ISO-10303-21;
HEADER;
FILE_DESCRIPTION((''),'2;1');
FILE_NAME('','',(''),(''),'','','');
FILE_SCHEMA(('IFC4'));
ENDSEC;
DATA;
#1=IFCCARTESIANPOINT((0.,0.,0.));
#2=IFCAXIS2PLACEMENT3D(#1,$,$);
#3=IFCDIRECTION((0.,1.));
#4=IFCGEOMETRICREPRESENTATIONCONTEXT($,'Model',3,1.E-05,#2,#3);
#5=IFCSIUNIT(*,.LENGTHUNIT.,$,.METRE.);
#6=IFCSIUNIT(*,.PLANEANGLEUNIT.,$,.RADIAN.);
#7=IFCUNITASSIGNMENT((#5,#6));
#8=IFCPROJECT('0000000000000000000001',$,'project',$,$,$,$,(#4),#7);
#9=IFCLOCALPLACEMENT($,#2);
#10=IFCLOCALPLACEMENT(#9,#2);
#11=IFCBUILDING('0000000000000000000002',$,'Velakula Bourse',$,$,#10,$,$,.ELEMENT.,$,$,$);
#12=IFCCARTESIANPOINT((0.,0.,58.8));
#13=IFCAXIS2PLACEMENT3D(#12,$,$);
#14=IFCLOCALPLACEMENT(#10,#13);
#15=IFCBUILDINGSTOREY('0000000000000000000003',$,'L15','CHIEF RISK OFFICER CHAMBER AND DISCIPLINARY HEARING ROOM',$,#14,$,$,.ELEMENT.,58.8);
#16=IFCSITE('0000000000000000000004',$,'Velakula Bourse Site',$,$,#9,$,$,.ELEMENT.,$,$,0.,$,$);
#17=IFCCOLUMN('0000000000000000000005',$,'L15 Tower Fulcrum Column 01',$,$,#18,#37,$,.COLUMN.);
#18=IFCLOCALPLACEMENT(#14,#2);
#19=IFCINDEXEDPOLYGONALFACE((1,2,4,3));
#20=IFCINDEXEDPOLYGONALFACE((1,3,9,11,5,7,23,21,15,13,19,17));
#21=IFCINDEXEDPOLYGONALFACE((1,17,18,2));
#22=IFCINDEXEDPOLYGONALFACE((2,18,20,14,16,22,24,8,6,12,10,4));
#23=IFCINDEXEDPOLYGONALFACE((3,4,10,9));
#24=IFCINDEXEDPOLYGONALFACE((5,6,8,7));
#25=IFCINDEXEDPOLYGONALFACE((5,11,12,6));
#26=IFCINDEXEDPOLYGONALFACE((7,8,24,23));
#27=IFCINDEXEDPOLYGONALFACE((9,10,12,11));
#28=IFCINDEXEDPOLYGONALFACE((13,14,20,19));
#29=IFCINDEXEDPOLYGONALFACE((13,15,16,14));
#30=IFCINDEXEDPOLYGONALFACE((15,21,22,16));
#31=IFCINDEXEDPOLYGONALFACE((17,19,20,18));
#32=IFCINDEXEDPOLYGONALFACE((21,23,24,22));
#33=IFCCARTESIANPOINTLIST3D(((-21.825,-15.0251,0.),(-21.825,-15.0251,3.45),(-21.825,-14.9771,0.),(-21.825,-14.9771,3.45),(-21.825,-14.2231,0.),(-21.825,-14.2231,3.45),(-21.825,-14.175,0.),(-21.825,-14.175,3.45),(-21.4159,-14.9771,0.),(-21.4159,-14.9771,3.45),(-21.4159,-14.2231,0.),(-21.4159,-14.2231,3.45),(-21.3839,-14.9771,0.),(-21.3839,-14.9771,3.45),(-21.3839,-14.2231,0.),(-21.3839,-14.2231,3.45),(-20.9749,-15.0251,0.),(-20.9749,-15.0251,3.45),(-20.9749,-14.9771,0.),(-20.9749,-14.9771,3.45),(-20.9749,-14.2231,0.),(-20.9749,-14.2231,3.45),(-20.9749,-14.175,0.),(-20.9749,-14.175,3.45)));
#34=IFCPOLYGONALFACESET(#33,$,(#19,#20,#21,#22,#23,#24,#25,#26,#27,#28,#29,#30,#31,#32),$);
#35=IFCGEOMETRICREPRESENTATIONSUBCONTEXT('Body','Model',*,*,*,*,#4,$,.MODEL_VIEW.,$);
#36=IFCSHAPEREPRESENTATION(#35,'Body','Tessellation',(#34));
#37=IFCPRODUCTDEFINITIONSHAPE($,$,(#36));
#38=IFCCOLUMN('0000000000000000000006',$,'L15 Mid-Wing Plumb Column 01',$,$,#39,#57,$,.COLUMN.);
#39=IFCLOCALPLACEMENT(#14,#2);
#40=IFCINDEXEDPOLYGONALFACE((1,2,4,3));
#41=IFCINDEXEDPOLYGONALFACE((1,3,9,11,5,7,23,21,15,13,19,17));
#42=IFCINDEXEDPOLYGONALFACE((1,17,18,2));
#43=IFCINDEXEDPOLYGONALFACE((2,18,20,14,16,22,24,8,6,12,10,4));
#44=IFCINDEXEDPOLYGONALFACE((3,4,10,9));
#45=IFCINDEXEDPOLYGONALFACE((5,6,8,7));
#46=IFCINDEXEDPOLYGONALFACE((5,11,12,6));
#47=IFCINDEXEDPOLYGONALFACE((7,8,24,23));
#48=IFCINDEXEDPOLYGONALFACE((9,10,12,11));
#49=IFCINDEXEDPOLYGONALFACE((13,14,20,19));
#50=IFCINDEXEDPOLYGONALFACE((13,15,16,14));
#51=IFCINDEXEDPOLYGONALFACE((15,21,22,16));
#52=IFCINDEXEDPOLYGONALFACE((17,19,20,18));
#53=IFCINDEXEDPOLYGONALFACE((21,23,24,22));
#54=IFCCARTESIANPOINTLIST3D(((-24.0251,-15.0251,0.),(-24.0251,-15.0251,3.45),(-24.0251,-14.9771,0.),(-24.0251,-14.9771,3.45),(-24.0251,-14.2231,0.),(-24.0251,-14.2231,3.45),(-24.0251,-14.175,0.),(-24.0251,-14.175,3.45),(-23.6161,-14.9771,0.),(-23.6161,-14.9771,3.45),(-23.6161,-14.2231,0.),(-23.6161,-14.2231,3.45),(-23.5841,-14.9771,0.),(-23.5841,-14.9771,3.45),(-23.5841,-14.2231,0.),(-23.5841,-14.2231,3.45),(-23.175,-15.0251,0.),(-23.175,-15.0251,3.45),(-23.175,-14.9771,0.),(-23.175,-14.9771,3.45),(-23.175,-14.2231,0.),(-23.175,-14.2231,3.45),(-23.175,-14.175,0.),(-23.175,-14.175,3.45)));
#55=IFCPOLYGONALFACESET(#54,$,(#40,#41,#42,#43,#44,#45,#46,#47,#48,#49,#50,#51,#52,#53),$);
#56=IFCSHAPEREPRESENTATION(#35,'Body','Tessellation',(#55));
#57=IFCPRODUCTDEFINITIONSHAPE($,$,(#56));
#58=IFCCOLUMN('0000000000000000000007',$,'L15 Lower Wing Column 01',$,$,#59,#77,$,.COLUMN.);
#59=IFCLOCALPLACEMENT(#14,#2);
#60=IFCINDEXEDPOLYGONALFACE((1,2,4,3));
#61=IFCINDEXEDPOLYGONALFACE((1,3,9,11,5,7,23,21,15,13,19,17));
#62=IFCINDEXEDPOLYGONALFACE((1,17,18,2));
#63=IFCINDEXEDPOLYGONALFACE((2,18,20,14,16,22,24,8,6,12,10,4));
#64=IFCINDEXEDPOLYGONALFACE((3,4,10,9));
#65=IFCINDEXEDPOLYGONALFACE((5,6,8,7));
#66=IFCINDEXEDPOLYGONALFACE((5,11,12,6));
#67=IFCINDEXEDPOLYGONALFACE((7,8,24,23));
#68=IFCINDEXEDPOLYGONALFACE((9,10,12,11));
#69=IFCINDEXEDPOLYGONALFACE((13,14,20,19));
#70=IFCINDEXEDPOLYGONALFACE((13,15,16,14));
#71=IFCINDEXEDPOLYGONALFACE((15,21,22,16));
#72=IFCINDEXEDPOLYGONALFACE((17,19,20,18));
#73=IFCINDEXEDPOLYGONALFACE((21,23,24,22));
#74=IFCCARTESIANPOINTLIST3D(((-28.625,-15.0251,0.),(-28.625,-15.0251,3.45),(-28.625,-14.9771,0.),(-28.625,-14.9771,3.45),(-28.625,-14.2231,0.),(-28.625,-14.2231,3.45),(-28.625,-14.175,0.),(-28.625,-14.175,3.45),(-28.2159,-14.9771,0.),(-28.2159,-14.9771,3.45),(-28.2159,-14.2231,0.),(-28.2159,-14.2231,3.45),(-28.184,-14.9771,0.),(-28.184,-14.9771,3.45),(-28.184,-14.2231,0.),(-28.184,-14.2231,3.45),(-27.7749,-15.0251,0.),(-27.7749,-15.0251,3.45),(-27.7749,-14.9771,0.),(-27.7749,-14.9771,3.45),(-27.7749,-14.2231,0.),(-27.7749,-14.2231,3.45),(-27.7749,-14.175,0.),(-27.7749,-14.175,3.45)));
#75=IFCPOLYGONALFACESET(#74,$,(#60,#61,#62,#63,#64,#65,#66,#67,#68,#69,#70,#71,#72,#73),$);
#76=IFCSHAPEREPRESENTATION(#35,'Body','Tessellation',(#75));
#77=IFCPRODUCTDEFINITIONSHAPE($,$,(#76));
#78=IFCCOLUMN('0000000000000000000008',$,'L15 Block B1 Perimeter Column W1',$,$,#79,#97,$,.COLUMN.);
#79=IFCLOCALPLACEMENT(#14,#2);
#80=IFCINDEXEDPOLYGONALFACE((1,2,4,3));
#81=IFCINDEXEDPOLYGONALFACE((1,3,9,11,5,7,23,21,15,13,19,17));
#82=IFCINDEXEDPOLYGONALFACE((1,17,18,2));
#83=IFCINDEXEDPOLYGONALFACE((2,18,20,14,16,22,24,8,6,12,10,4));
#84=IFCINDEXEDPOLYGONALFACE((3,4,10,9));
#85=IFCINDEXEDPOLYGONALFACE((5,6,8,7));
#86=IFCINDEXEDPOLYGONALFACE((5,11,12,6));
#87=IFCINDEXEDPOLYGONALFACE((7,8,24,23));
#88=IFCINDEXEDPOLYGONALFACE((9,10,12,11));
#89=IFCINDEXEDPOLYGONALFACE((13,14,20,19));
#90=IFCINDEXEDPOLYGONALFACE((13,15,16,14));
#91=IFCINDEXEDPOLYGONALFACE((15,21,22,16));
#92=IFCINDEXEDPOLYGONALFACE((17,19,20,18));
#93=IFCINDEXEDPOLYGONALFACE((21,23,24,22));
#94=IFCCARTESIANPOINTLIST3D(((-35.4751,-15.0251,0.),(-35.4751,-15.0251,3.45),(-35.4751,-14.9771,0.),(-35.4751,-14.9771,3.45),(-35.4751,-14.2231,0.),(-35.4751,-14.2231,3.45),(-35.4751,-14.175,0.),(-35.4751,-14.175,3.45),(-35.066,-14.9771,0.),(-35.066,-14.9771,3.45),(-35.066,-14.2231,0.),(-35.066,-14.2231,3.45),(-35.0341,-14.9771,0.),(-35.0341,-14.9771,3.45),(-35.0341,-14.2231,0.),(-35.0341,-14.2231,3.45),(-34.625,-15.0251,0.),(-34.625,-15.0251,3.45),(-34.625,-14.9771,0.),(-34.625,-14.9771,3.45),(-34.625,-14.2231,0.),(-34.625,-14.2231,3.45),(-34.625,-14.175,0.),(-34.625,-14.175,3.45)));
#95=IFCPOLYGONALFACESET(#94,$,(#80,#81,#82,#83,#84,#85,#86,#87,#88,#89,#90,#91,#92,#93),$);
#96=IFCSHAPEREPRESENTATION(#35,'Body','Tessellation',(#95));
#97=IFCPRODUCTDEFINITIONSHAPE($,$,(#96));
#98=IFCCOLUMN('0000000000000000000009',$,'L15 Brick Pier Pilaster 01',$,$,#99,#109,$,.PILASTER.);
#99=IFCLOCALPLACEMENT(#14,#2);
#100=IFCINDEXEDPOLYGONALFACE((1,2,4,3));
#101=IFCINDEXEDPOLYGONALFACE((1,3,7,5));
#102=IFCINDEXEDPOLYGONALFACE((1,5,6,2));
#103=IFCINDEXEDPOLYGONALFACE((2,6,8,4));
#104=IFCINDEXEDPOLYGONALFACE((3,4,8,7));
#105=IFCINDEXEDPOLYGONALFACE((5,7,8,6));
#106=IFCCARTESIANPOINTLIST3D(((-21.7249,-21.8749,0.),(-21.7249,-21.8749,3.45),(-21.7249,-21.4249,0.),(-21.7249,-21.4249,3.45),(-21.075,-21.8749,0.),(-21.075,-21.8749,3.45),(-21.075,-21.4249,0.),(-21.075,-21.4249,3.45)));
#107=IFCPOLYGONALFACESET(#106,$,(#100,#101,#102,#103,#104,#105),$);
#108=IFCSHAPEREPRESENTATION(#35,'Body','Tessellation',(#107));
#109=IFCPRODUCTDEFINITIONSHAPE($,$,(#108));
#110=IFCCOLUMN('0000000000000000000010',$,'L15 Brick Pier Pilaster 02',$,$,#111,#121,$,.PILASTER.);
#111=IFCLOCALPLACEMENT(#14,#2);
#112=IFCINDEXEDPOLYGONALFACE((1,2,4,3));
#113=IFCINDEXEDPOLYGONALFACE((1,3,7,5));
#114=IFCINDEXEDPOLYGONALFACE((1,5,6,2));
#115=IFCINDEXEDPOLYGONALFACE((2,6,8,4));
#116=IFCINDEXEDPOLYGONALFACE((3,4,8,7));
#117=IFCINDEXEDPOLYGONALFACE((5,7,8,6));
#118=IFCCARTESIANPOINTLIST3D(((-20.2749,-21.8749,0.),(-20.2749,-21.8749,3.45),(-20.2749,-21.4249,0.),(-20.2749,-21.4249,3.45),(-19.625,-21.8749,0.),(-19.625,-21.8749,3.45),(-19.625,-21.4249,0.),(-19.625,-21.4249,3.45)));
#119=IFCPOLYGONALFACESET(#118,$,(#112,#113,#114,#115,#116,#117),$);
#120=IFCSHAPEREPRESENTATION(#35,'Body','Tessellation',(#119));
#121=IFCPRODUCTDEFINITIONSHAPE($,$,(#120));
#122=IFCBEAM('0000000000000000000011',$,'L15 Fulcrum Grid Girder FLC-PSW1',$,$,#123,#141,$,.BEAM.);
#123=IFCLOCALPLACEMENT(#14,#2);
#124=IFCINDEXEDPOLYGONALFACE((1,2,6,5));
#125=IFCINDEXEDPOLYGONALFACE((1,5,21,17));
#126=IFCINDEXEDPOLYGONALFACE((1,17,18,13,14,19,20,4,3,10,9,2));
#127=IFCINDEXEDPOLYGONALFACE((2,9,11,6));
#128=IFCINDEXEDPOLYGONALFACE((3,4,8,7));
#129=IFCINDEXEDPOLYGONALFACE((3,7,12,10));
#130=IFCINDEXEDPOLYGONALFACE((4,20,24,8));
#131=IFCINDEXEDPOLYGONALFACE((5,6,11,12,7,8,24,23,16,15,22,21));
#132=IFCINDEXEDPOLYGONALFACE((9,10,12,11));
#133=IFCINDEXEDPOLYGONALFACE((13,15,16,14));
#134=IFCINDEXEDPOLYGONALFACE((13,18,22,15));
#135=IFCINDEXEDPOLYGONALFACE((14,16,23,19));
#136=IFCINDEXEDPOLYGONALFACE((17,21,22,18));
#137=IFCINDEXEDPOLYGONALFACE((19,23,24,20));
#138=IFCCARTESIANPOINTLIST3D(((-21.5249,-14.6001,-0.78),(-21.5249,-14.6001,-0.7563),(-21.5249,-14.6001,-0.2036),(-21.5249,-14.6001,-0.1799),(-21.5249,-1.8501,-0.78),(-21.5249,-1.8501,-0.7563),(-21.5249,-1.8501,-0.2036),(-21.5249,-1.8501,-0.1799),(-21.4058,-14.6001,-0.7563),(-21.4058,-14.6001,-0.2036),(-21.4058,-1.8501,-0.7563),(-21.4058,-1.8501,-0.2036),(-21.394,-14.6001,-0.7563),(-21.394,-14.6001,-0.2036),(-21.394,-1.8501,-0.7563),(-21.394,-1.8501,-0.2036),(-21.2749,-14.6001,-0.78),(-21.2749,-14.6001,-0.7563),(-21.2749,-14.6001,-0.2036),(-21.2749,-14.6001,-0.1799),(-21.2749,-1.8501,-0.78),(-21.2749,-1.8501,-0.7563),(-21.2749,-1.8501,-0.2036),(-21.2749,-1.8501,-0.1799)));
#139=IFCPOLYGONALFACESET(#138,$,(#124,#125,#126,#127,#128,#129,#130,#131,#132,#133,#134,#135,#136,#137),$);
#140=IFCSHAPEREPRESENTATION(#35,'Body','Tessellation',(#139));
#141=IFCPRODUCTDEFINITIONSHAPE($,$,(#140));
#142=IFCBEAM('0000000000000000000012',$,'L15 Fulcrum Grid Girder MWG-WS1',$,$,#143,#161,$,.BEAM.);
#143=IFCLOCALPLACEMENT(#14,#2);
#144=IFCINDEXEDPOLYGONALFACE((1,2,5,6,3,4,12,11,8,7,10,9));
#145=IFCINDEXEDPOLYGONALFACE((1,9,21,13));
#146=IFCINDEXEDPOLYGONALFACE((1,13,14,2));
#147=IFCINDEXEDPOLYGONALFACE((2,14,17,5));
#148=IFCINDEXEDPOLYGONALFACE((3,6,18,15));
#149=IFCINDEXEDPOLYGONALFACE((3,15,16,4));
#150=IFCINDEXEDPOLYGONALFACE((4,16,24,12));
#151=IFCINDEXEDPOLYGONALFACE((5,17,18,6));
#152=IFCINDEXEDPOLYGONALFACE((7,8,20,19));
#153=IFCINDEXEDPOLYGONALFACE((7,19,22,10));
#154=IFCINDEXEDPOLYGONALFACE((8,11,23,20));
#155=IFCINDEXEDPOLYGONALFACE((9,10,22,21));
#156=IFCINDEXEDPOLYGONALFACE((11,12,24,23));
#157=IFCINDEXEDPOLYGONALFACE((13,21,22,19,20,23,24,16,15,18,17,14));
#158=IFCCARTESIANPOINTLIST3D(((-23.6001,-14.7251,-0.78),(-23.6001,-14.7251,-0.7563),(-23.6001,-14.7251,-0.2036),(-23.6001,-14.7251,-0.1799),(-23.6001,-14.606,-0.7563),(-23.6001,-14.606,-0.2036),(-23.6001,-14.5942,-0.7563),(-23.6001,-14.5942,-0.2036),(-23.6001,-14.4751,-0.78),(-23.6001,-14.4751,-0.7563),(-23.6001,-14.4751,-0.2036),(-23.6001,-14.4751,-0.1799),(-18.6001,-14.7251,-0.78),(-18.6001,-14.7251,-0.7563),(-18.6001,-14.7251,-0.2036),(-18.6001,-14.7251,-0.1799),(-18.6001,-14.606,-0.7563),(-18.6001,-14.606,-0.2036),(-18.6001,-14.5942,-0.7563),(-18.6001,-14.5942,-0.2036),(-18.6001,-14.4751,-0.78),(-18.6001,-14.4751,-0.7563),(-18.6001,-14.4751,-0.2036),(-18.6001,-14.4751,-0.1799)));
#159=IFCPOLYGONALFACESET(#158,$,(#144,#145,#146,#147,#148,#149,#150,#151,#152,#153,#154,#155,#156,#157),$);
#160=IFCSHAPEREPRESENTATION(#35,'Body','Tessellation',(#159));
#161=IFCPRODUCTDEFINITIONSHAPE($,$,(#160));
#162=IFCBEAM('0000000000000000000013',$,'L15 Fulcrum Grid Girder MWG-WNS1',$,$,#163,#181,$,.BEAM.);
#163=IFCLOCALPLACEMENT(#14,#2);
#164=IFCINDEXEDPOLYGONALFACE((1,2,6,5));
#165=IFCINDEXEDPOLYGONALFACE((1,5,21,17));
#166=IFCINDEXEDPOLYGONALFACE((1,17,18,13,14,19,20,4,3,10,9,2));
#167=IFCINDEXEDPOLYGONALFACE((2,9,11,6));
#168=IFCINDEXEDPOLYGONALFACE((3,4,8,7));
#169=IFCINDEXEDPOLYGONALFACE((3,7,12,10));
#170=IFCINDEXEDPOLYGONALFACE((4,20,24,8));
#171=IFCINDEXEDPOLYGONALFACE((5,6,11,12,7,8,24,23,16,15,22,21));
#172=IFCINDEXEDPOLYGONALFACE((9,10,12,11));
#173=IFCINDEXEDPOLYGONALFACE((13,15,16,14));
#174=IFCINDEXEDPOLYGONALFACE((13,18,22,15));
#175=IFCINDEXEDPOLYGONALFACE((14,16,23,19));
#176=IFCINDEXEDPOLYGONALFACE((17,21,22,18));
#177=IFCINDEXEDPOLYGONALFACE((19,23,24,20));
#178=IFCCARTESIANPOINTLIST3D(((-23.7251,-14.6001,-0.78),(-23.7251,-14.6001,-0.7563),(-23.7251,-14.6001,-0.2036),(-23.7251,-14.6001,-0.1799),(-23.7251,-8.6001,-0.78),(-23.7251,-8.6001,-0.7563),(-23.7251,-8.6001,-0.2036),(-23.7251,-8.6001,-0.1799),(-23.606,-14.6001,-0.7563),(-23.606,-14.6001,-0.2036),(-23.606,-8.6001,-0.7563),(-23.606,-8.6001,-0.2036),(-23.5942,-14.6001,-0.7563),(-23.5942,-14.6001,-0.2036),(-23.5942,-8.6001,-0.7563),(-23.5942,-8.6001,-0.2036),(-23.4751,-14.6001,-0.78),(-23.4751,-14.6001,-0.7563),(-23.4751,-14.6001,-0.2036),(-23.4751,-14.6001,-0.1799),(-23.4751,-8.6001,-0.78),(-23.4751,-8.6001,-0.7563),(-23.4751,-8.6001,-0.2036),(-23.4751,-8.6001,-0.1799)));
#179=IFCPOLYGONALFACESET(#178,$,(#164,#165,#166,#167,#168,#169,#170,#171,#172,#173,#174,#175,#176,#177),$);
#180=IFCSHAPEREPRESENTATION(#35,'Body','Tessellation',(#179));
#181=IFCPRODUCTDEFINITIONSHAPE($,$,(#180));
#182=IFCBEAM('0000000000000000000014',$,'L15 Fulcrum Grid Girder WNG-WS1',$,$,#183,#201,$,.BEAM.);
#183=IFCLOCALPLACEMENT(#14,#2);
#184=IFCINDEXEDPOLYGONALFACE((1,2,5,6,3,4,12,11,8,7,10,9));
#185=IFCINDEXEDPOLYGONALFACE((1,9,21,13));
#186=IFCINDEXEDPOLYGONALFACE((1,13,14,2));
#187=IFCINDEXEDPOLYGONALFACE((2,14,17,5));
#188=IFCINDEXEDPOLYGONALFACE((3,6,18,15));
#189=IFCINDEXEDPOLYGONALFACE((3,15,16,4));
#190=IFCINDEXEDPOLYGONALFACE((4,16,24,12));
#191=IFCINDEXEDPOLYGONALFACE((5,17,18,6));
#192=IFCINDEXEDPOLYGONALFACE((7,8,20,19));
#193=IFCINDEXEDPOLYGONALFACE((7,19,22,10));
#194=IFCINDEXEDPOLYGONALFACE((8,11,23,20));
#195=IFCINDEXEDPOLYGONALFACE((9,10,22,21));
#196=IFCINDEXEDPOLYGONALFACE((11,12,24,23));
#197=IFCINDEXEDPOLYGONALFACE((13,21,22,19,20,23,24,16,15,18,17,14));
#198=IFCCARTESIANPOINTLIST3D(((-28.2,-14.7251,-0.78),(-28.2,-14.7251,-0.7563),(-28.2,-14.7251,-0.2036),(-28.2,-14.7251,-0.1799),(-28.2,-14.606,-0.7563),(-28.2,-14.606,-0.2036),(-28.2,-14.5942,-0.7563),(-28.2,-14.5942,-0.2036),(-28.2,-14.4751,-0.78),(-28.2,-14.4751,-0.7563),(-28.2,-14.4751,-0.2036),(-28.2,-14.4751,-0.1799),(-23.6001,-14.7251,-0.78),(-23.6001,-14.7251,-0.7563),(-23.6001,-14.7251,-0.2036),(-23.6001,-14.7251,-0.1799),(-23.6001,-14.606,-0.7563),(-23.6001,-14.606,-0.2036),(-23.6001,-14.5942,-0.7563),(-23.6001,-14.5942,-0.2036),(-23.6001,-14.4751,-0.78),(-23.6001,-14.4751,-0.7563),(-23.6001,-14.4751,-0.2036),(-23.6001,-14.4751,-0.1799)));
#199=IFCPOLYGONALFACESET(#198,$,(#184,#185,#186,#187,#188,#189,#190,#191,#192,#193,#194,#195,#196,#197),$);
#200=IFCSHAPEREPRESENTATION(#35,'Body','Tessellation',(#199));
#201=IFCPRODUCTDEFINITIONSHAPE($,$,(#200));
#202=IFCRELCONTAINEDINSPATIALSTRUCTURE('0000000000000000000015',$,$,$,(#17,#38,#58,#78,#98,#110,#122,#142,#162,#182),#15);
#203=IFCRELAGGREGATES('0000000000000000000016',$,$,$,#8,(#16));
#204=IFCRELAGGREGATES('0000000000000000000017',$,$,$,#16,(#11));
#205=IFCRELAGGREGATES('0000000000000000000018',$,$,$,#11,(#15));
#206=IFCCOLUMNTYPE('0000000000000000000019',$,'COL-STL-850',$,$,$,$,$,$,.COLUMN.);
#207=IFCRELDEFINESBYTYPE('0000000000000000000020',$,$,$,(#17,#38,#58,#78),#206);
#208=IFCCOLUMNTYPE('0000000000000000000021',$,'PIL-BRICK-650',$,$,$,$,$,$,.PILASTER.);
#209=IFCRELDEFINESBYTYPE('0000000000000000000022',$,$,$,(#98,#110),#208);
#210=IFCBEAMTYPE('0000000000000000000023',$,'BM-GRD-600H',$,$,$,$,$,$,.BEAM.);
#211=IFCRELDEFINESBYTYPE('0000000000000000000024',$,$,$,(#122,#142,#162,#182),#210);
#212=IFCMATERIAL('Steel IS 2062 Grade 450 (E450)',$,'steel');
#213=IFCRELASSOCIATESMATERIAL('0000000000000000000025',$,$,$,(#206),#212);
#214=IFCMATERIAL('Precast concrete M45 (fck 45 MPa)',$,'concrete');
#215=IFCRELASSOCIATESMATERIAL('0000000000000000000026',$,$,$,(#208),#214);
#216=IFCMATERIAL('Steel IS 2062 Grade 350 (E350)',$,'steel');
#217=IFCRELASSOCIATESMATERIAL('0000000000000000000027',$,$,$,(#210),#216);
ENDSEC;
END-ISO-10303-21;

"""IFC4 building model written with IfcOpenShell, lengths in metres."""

from ifc_helpers import new_model, si_unit, direction, frame, origin, origin_2d, place, context, subcontext, project, spatial, rectangle, i_section, extrude, material, material_profile, profile_set, type_object, element, save


model = new_model("IFC4")

# Units and contexts
model_context = context("Model", 3, precision=1e-05, world=origin(), true_north=direction((0.0, 1.0)))
body_context = subcontext(model_context, "Body", "Model", "MODEL_VIEW")
ifc_project = project(units=[si_unit("LENGTHUNIT", "METRE"), si_unit("PLANEANGLEUNIT", "RADIAN")], contexts=[model_context])

# Site, building, storey
site_placement = place(None, origin())
site = spatial("IfcSite", under=ifc_project, at=site_placement, Name="Velakula Bourse Site", CompositionType="ELEMENT", RefElevation=0.0)
building_placement = place(site_placement, origin())
building = spatial("IfcBuilding", under=site, at=building_placement, Name="Velakula Bourse", CompositionType="ELEMENT")
storey_placement = place(building_placement, frame((0.0, 0.0, 58.8)))
storey = spatial("IfcBuildingStorey", under=building, at=storey_placement, Name="L15", Description="CHIEF RISK OFFICER CHAMBER AND DISCIPLINARY HEARING ROOM", CompositionType="ELEMENT", Elevation=58.8)

# Columns
ifc_material_1 = material(Name="Steel IS 2062 Grade 450 (E450)", Category="steel")
ifc_material_profile_1 = material_profile(ifc_material_1, i_section(OverallWidth=0.8501, OverallDepth=0.8501, WebThickness=0.032, FlangeThickness=0.0481, at=origin_2d()), Name="Steel IS 2062 Grade 450 (E450)")
ifc_profile_set_1 = profile_set([ifc_material_profile_1], Name="Steel IS 2062 Grade 450 (E450)")
column_type_1 = type_object("IfcColumnType", Name="COL-STL-850", PredefinedType="COLUMN", material=ifc_profile_set_1)
for number, where, z_axis, x_axis, name in (
    (1, (-21.3999, -14.6001, 0.0), (0.0, 0.0, 1.0), (1.0, 0.0, 0.0), "L15 Tower Fulcrum Column 01"),
    (2, (-23.6001, -14.6001, 0.0), (0.0, 0.0, 1.0), (1.0, 0.0, 0.0), "L15 Mid-Wing Plumb Column 01"),
    (3, (-28.2, -14.6001, 0.0), (0.0, 0.0, 1.0), (1.0, 0.0, 0.0), "L15 Lower Wing Column 01"),
    (4, (-35.05, -14.6001, 0.0), (0.0, 0.0, 1.0), (1.0, 0.0, 0.0), "L15 Block B1 Perimeter Column W1"),
):
    element("IfcColumn", number, at=place(storey_placement, frame(where, z_axis=z_axis, x_axis=x_axis)), inside=storey, type_object=column_type_1, Name=name, PredefinedType="COLUMN", context=body_context, shape_type="SweptSolid", body=[
        extrude(i_section(OverallWidth=0.8501, OverallDepth=0.8501, WebThickness=0.032, FlangeThickness=0.0481, at=origin_2d()), origin(), (0.0, 0.0, 1.0), 3.45),
    ])
ifc_material_2 = material(Name="Precast concrete M45 (fck 45 MPa)", Category="concrete")
ifc_material_profile_2 = material_profile(ifc_material_2, rectangle(XDim=0.6499, YDim=0.45, at=origin_2d()), Name="Precast concrete M45 (fck 45 MPa)")
ifc_profile_set_2 = profile_set([ifc_material_profile_2], Name="Precast concrete M45 (fck 45 MPa)")
column_type_2 = type_object("IfcColumnType", Name="PIL-BRICK-650", PredefinedType="PILASTER", material=ifc_profile_set_2)
for number, where, z_axis, x_axis, name in (
    (5, (-21.3999, -21.6499, 0.0), (0.0, 0.0, 1.0), (1.0, 0.0, 0.0), "L15 Brick Pier Pilaster 01"),
    (6, (-19.95, -21.6499, 0.0), (0.0, 0.0, 1.0), (1.0, 0.0, 0.0), "L15 Brick Pier Pilaster 02"),
):
    element("IfcColumn", number, at=place(storey_placement, frame(where, z_axis=z_axis, x_axis=x_axis)), inside=storey, type_object=column_type_2, Name=name, PredefinedType="PILASTER", context=body_context, shape_type="SweptSolid", body=[
        extrude(rectangle(XDim=0.6499, YDim=0.45, at=origin_2d()), origin(), (0.0, 0.0, 1.0), 3.45),
    ])

# Beams
ifc_material_3 = material(Name="Steel IS 2062 Grade 350 (E350)", Category="steel")
ifc_material_profile_3 = material_profile(ifc_material_3, i_section(OverallWidth=0.25, OverallDepth=0.6001, WebThickness=0.0117, FlangeThickness=0.0237, at=origin_2d()), Name="Steel IS 2062 Grade 350 (E350)")
ifc_profile_set_3 = profile_set([ifc_material_profile_3], Name="Steel IS 2062 Grade 350 (E350)")
beam_type_1 = type_object("IfcBeamType", Name="BM-GRD-600H", PredefinedType="BEAM", material=ifc_profile_set_3)
beam_1_placement = place(storey_placement, frame((-21.3999, -14.6001, -0.48), z_axis=(0.0, 1.0, 0.0), x_axis=(-1.0, 0.0, 0.0)))
element("IfcBeam", 7, at=beam_1_placement, inside=storey, type_object=beam_type_1, Name="L15 Fulcrum Grid Girder FLC-PSW1", PredefinedType="BEAM", context=body_context, shape_type="SweptSolid", body=[
    extrude(i_section(OverallWidth=0.25, OverallDepth=0.6001, WebThickness=0.0117, FlangeThickness=0.0237, at=origin_2d()), origin(), (0.0, 0.0, 1.0), 12.75),
])
beam_2_placement = place(storey_placement, frame((-23.6001, -14.6001, -0.48), z_axis=(1.0, 0.0, 0.0), x_axis=(0.0, 1.0, 0.0)))
element("IfcBeam", 8, at=beam_2_placement, inside=storey, type_object=beam_type_1, Name="L15 Fulcrum Grid Girder MWG-WS1", PredefinedType="BEAM", context=body_context, shape_type="SweptSolid", body=[
    extrude(i_section(OverallWidth=0.25, OverallDepth=0.6001, WebThickness=0.0117, FlangeThickness=0.0237, at=origin_2d()), origin(), (0.0, 0.0, 1.0), 5.0),
])
beam_3_placement = place(storey_placement, frame((-23.6001, -14.6001, -0.48), z_axis=(0.0, 1.0, 0.0), x_axis=(-1.0, 0.0, 0.0)))
element("IfcBeam", 9, at=beam_3_placement, inside=storey, type_object=beam_type_1, Name="L15 Fulcrum Grid Girder MWG-WNS1", PredefinedType="BEAM", context=body_context, shape_type="SweptSolid", body=[
    extrude(i_section(OverallWidth=0.25, OverallDepth=0.6001, WebThickness=0.0117, FlangeThickness=0.0237, at=origin_2d()), origin(), (0.0, 0.0, 1.0), 6.0),
])
beam_4_placement = place(storey_placement, frame((-28.2, -14.6001, -0.48), z_axis=(1.0, 0.0, 0.0), x_axis=(0.0, 1.0, 0.0)))
element("IfcBeam", 10, at=beam_4_placement, inside=storey, type_object=beam_type_1, Name="L15 Fulcrum Grid Girder WNG-WS1", PredefinedType="BEAM", context=body_context, shape_type="SweptSolid", body=[
    extrude(i_section(OverallWidth=0.25, OverallDepth=0.6001, WebThickness=0.0117, FlangeThickness=0.0237, at=origin_2d()), origin(), (0.0, 0.0, 1.0), 4.5999),
])

save(model, "model.ifc")
